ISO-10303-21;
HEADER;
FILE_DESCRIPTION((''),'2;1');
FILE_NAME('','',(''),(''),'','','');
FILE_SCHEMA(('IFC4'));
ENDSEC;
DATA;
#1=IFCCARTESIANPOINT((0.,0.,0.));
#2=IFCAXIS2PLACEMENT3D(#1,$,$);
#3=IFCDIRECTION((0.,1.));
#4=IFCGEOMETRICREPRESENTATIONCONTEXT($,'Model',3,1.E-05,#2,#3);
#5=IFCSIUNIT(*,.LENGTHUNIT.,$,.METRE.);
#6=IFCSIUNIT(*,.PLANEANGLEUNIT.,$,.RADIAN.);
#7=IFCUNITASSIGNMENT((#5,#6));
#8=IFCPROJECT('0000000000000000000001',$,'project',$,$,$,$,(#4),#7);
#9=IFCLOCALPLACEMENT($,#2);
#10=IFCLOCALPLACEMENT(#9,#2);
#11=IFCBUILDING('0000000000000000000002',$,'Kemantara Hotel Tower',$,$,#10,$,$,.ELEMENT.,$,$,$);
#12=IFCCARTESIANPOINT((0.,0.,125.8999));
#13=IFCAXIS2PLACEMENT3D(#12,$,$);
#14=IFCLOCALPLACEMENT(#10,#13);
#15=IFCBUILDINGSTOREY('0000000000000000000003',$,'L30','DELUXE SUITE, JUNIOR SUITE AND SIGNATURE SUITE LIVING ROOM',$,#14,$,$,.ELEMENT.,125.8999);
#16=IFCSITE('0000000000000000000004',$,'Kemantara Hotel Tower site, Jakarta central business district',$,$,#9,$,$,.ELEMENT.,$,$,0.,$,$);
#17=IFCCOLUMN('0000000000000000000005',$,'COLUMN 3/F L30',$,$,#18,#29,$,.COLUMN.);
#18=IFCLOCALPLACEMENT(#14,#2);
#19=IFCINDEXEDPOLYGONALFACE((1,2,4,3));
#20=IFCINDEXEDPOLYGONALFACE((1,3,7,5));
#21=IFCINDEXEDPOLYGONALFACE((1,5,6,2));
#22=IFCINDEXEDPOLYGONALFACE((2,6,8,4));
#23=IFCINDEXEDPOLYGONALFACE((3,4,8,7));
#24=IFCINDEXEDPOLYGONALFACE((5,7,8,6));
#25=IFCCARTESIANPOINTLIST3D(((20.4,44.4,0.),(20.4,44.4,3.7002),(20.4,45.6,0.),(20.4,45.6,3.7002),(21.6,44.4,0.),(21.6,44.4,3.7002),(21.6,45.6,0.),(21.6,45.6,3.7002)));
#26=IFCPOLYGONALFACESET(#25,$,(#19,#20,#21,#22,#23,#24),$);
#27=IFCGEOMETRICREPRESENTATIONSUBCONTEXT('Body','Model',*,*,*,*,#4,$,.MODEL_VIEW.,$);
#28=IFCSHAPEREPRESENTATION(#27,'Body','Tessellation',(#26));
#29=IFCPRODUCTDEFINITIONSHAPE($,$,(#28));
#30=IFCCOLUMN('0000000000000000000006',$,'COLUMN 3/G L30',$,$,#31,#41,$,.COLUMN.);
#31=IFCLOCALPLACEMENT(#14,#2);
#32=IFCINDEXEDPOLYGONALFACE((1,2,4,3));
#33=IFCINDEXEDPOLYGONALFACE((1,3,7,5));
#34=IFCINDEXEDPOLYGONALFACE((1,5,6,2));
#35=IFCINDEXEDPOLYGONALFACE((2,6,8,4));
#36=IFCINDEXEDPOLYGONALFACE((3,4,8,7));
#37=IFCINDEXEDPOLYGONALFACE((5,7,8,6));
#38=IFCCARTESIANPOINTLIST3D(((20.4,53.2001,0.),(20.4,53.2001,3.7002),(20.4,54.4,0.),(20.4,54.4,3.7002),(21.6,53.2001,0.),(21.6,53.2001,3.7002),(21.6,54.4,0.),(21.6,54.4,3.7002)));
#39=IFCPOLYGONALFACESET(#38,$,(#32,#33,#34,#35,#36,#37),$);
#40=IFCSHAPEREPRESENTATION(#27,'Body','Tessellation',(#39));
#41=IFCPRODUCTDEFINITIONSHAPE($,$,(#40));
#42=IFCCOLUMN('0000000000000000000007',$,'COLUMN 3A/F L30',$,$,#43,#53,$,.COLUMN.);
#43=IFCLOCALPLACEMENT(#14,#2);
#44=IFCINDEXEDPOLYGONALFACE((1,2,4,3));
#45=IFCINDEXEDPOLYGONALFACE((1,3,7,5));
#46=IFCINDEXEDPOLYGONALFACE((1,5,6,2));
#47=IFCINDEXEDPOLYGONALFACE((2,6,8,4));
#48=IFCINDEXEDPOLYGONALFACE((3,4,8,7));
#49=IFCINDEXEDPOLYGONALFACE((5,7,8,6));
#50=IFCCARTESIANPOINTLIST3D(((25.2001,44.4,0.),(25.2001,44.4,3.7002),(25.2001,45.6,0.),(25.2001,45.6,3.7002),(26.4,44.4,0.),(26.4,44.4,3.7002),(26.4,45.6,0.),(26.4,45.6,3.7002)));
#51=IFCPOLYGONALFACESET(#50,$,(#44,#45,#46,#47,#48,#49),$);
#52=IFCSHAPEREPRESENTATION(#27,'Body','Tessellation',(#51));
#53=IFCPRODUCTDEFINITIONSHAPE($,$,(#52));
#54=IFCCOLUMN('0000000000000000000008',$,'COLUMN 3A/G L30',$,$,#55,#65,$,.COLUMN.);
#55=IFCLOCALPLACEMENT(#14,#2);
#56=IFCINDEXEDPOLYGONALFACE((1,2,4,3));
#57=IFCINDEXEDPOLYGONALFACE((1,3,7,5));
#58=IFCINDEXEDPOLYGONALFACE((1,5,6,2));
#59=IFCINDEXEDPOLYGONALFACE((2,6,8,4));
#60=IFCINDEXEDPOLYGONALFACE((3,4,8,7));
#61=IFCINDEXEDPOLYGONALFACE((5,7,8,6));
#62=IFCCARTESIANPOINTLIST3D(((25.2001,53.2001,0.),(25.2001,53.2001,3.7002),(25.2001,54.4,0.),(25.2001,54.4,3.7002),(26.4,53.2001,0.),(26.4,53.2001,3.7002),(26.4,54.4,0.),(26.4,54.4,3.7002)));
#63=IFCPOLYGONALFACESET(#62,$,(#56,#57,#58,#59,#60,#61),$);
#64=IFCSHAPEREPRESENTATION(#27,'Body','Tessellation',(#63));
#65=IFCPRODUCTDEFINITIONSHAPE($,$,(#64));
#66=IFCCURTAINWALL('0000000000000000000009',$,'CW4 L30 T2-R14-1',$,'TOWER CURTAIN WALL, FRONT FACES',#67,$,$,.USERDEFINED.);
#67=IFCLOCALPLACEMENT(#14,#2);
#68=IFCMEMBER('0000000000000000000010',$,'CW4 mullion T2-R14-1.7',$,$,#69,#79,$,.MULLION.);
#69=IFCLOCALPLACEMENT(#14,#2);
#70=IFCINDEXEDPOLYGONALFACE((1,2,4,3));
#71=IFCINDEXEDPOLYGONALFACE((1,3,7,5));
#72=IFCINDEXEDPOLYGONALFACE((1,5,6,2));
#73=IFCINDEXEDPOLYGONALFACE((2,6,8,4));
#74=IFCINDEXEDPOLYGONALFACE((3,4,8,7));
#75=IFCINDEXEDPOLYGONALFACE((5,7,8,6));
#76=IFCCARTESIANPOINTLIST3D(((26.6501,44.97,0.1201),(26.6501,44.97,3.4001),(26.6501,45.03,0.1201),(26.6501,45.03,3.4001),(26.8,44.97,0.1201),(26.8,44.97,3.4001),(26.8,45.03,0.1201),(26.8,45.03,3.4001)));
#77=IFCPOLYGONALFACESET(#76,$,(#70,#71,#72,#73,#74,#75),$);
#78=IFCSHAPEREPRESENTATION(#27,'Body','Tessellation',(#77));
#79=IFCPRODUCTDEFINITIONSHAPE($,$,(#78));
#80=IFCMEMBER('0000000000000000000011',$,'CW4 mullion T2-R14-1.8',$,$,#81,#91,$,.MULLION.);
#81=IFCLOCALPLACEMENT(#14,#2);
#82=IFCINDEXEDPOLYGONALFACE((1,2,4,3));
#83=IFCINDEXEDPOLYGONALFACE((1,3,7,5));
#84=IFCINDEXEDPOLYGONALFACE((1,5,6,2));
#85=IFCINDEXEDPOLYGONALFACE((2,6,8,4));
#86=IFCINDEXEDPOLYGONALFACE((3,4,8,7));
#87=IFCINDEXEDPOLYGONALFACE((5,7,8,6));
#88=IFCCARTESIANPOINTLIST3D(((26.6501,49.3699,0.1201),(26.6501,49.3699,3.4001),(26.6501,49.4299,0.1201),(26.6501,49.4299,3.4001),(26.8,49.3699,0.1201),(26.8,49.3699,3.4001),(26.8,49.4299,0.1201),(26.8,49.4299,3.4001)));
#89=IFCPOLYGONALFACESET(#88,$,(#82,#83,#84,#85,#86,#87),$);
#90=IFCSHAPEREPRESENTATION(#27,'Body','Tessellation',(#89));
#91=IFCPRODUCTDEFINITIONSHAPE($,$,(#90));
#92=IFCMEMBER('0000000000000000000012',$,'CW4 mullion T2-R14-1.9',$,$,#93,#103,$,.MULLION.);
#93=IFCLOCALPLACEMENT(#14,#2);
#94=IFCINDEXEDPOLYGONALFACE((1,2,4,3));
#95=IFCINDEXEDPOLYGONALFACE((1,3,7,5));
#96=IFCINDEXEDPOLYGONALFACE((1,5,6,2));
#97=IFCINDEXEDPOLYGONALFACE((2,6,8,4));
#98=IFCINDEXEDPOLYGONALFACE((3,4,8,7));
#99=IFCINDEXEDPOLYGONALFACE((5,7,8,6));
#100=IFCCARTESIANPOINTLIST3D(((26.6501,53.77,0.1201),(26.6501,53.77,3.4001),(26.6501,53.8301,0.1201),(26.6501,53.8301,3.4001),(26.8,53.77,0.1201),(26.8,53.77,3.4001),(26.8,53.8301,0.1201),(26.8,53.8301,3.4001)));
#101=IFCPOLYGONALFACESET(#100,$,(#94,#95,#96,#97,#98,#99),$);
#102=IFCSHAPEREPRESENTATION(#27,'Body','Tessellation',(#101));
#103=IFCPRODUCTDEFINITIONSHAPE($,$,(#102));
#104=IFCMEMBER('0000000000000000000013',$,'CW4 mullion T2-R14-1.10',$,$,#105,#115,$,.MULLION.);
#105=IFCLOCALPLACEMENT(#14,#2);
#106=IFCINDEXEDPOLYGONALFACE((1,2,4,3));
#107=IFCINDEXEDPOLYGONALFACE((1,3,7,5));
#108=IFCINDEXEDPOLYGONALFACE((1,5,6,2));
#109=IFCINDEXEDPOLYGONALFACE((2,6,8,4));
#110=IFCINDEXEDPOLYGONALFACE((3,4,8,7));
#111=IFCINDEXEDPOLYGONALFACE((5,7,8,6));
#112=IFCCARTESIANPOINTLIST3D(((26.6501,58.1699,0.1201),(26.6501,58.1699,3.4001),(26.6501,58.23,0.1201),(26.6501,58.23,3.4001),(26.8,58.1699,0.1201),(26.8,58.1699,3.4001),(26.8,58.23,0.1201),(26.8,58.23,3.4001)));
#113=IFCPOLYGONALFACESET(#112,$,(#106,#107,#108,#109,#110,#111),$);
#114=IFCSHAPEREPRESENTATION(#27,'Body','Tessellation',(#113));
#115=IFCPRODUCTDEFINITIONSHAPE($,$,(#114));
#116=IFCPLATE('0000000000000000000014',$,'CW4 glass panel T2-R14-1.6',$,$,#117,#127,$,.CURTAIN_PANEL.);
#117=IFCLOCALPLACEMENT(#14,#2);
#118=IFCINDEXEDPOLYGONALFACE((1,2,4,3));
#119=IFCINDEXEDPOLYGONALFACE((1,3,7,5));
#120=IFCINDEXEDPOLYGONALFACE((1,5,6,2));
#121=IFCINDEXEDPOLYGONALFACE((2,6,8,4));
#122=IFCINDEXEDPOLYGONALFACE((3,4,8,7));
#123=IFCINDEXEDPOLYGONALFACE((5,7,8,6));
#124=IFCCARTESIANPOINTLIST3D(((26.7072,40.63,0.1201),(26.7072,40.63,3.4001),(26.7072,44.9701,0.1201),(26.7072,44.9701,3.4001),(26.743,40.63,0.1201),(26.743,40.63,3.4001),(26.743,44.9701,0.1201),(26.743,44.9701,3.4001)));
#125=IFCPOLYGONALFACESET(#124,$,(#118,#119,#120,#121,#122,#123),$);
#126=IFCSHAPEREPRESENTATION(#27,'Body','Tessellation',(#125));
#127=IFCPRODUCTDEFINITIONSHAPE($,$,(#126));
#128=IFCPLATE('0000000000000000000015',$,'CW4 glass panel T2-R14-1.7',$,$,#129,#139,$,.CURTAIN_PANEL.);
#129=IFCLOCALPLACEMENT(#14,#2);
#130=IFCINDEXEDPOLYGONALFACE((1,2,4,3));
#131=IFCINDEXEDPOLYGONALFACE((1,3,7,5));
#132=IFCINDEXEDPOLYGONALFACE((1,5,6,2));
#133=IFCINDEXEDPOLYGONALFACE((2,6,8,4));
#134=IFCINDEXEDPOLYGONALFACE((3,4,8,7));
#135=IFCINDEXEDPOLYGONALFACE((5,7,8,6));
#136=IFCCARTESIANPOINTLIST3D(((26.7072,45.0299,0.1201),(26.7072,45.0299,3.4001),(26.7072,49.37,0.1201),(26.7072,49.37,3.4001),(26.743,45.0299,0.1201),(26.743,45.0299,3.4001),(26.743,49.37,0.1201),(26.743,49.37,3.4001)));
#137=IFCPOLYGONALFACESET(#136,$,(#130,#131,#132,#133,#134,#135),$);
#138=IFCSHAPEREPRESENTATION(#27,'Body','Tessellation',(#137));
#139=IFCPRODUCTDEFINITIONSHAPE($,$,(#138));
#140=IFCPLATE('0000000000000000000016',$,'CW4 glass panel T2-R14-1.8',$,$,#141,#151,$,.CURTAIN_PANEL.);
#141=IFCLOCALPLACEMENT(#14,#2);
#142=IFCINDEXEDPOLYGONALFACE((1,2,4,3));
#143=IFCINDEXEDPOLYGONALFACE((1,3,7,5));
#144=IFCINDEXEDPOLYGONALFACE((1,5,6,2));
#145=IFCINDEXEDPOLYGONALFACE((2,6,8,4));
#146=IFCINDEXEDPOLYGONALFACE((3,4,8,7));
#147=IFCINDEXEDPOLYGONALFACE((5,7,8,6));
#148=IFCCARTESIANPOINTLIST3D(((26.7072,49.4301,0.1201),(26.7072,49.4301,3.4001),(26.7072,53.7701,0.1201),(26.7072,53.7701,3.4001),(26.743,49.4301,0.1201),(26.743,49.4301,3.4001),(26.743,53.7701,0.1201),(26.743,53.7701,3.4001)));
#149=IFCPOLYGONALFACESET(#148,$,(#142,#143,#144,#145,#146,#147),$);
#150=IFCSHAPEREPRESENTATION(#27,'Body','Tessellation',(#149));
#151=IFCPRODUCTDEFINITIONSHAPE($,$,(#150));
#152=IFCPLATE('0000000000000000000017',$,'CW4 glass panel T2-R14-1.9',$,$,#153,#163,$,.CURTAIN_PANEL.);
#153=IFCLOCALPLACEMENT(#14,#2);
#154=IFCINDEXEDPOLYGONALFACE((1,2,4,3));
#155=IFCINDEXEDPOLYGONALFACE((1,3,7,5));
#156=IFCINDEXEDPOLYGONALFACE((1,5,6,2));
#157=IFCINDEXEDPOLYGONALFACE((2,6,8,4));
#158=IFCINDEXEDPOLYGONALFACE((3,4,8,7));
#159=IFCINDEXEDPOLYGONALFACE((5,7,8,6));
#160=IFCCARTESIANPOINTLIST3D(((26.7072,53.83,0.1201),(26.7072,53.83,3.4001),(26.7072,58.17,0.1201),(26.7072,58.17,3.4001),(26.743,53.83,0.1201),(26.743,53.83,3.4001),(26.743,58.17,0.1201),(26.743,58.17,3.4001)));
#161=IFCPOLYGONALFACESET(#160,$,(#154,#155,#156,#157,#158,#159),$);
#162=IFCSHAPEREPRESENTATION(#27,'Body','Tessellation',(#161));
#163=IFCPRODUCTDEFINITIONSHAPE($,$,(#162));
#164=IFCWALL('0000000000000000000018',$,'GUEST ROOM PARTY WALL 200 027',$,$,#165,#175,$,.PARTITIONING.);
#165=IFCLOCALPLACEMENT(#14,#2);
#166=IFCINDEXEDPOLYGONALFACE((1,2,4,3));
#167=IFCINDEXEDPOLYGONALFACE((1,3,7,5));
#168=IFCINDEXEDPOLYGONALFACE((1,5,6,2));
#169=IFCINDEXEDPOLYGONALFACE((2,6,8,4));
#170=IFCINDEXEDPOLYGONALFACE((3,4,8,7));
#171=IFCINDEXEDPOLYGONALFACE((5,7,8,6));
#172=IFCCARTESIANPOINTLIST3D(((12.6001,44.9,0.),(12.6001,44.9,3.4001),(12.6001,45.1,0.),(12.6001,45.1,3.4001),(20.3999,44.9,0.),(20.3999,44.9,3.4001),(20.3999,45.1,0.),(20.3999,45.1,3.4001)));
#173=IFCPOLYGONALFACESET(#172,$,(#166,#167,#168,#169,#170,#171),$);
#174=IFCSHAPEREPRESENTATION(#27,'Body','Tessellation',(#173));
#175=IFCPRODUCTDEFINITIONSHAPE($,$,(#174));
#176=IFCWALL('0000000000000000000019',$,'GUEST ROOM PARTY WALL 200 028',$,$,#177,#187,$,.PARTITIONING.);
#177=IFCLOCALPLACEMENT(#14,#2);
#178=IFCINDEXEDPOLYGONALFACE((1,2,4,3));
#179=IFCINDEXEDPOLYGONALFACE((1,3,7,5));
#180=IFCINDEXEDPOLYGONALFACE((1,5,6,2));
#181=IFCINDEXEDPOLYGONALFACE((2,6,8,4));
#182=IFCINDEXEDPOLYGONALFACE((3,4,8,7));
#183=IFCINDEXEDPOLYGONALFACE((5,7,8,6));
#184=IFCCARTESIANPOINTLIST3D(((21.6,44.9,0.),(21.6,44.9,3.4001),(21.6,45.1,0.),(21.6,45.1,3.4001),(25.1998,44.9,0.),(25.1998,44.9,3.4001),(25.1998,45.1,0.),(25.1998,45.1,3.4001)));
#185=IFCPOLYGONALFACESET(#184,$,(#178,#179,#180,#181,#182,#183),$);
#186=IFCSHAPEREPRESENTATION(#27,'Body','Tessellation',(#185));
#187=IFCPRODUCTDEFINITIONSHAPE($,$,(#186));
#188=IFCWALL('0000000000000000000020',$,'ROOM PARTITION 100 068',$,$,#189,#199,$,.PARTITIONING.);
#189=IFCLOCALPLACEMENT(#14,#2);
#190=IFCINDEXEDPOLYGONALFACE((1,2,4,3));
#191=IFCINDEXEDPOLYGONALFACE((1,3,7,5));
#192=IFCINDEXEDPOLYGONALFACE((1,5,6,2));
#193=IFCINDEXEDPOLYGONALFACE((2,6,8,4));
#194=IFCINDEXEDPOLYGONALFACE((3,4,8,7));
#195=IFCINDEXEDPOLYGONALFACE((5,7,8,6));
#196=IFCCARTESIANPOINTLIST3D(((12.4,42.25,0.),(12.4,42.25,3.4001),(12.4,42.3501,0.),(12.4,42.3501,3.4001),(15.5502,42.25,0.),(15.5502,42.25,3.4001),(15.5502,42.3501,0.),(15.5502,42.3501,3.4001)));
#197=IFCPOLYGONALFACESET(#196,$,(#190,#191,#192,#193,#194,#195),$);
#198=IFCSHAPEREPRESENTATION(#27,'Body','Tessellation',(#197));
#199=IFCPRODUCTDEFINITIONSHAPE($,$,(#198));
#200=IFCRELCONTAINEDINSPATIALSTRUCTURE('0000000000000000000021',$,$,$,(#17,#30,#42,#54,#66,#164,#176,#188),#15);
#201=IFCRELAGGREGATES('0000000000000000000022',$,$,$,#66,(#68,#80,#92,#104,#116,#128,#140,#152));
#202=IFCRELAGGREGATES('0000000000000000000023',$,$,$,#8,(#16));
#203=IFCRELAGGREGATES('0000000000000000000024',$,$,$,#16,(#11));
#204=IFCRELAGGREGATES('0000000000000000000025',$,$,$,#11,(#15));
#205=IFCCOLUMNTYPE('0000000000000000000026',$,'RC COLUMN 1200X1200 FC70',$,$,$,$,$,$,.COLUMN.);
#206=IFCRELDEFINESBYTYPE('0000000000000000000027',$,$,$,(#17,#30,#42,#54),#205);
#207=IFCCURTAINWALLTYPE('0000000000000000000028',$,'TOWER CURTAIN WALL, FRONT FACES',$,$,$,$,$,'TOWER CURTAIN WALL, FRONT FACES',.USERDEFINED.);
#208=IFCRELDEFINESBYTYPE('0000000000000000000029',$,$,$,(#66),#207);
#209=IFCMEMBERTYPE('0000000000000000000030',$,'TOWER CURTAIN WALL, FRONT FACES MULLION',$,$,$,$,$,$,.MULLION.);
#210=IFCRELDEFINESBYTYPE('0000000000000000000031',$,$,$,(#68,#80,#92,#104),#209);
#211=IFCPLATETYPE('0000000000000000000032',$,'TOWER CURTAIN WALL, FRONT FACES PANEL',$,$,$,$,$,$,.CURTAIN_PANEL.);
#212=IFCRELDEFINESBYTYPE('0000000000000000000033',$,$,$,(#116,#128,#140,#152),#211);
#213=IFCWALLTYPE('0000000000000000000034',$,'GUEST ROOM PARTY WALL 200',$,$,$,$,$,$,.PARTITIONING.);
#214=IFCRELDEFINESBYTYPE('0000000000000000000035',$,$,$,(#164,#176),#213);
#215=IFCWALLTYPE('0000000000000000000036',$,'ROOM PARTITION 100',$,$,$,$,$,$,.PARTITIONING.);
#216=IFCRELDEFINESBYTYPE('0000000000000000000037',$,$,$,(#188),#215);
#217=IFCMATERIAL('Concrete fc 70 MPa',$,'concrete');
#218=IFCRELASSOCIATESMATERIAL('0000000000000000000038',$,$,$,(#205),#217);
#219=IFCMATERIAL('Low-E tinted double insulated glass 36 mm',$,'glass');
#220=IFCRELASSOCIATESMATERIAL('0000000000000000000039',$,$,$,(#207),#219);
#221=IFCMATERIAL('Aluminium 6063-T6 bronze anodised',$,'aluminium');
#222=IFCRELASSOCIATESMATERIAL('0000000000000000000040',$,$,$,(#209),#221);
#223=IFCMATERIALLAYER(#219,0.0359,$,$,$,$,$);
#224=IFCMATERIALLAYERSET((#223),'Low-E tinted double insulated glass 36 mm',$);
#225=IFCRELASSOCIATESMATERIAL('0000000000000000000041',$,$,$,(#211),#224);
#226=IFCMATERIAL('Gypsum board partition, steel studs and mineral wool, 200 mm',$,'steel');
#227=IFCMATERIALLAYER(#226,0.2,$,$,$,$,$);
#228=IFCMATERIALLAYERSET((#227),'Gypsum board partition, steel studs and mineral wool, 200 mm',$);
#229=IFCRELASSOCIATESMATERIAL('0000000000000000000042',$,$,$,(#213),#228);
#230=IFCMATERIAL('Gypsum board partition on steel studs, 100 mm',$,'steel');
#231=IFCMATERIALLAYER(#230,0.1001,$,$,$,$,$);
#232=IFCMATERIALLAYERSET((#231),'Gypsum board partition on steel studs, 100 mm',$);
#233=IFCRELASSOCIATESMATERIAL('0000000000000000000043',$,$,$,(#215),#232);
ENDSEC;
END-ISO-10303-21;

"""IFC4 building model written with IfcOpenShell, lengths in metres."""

from ifc_helpers import new_model, si_unit, direction, frame, frame_2d, origin, origin_2d, place, context, subcontext, project, spatial, rectangle, extrude, source, transform, mapped, material, layer, layer_set, material_profile, profile_set, type_object, element, aggregate, save


model = new_model("IFC4")

# Units and contexts
model_context = context("Model", 3, precision=1e-05, world=origin(), true_north=direction((0.0, 1.0)))
body_context = subcontext(model_context, "Body", "Model", "MODEL_VIEW")
ifc_project = project(units=[si_unit("LENGTHUNIT", "METRE"), si_unit("PLANEANGLEUNIT", "RADIAN")], contexts=[model_context])

# Site, building, storey
site_placement = place(None, origin())
site = spatial("IfcSite", under=ifc_project, at=site_placement, Name="Kemantara Hotel Tower site, Jakarta central business district", CompositionType="ELEMENT", RefElevation=0.0)
building_placement = place(site_placement, origin())
building = spatial("IfcBuilding", under=site, at=building_placement, Name="Kemantara Hotel Tower", CompositionType="ELEMENT")
storey_placement = place(building_placement, frame((0.0, 0.0, 125.8999)))
storey = spatial("IfcBuildingStorey", under=building, at=storey_placement, Name="L30", Description="DELUXE SUITE, JUNIOR SUITE AND SIGNATURE SUITE LIVING ROOM", CompositionType="ELEMENT", Elevation=125.8999)

# Columns
ifc_material_1 = material(Name="Concrete fc 70 MPa", Category="concrete")
ifc_material_profile_1 = material_profile(ifc_material_1, rectangle(XDim=1.2, YDim=1.2, at=origin_2d()), Name="RC 1200X1200")
ifc_profile_set_1 = profile_set([ifc_material_profile_1], Name="Concrete fc 70 MPa")
column_type = type_object("IfcColumnType", Name="RC COLUMN 1200X1200 FC70", PredefinedType="COLUMN", material=ifc_profile_set_1)
for number, where, z_axis, x_axis, name in (
    (1, (21.0, 45.0, 0.0), (0.0, 0.0, 1.0), (1.0, 0.0, 0.0), "COLUMN 3/F L30"),
    (2, (21.0, 53.8, 0.0), (0.0, 0.0, 1.0), (1.0, 0.0, 0.0), "COLUMN 3/G L30"),
    (3, (25.8, 45.0, 0.0), (0.0, 0.0, 1.0), (1.0, 0.0, 0.0), "COLUMN 3A/F L30"),
    (4, (25.8, 53.8, 0.0), (0.0, 0.0, 1.0), (1.0, 0.0, 0.0), "COLUMN 3A/G L30"),
):
    element("IfcColumn", number, at=place(storey_placement, frame(where, z_axis=z_axis, x_axis=x_axis)), inside=storey, type_object=column_type, Name=name, PredefinedType="COLUMN", context=body_context, shape_type="SweptSolid", body=[
        extrude(rectangle(XDim=1.2, YDim=1.2, at=origin_2d()), origin(), (0.0, 0.0, 1.0), 3.7002),
    ])

# Curtain wall, members, plates
ifc_material_2 = material(Name="Low-E tinted double insulated glass 36 mm", Category="glass")
curtain_wall_type = type_object("IfcCurtainWallType", Name="TOWER CURTAIN WALL, FRONT FACES", ElementType="TOWER CURTAIN WALL, FRONT FACES", PredefinedType="USERDEFINED", material=ifc_material_2)
curtain_wall_placement = place(storey_placement, origin())
curtain_wall = element("IfcCurtainWall", 5, at=curtain_wall_placement, inside=storey, type_object=curtain_wall_type, Name="CW4 L30 T2-R14-1", ObjectType="TOWER CURTAIN WALL, FRONT FACES", PredefinedType="USERDEFINED")
ifc_material_3 = material(Name="Aluminium 6063-T6 bronze anodised", Category="aluminium")
ifc_material_profile_2 = material_profile(ifc_material_3, rectangle(XDim=0.1499, YDim=0.0601, at=origin_2d()), Name="TOWER CURTAIN WALL, FRONT FACES MULLION")
ifc_profile_set_2 = profile_set([ifc_material_profile_2], Name="Aluminium 6063-T6 bronze anodised")
member_type = type_object("IfcMemberType", Name="TOWER CURTAIN WALL, FRONT FACES MULLION", PredefinedType="MULLION", material=ifc_profile_set_2)
shared_shape_1 = source(origin(), body_context, "Body", "SweptSolid", [
    extrude(rectangle(XDim=0.1499, YDim=0.0601, at=origin_2d()), origin(), (0.0, 0.0, 1.0), 3.28),
])
member_1_placement = place(storey_placement, frame((26.7251, 45.0, 0.1201), z_axis=(0.0, 0.0, 1.0), x_axis=(-1.0, 0.0, 0.0)))
member_1 = element("IfcMember", 6, at=member_1_placement, type_object=member_type, Name="CW4 mullion T2-R14-1.7", PredefinedType="MULLION", context=body_context, shape_type="MappedRepresentation", body=[
    mapped(shared_shape_1, transform((0.0, 0.0, 0.0))),
])
member_2_placement = place(storey_placement, frame((26.7251, 49.3999, 0.1201), z_axis=(0.0, 0.0, 1.0), x_axis=(-1.0, 0.0, 0.0)))
member_2 = element("IfcMember", 7, at=member_2_placement, type_object=member_type, Name="CW4 mullion T2-R14-1.8", PredefinedType="MULLION", context=body_context, shape_type="MappedRepresentation", body=[
    mapped(shared_shape_1, transform((0.0, 0.0, 0.0))),
])
member_3_placement = place(storey_placement, frame((26.7251, 53.8, 0.1201), z_axis=(0.0, 0.0, 1.0), x_axis=(-1.0, 0.0, 0.0)))
member_3 = element("IfcMember", 8, at=member_3_placement, type_object=member_type, Name="CW4 mullion T2-R14-1.9", PredefinedType="MULLION", context=body_context, shape_type="MappedRepresentation", body=[
    mapped(shared_shape_1, transform((0.0, 0.0, 0.0))),
])
member_4_placement = place(storey_placement, frame((26.7251, 58.2, 0.1201), z_axis=(0.0, 0.0, 1.0), x_axis=(-1.0, 0.0, 0.0)))
member_4 = element("IfcMember", 9, at=member_4_placement, type_object=member_type, Name="CW4 mullion T2-R14-1.10", PredefinedType="MULLION", context=body_context, shape_type="MappedRepresentation", body=[
    mapped(shared_shape_1, transform((0.0, 0.0, 0.0))),
])
ifc_layer_1 = layer(ifc_material_2, 0.0359)
ifc_layer_set_1 = layer_set([ifc_layer_1], Name="Low-E tinted double insulated glass 36 mm")
plate_type = type_object("IfcPlateType", Name="TOWER CURTAIN WALL, FRONT FACES PANEL", PredefinedType="CURTAIN_PANEL", material=ifc_layer_set_1)
shared_shape_2 = source(origin(), body_context, "Body", "SweptSolid", [
    extrude(rectangle(XDim=4.3401, YDim=0.0359, at=origin_2d()), origin(), (0.0, 0.0, 1.0), 3.28),
])
plate_1_placement = place(storey_placement, frame((26.7251, 42.8, 0.1201), z_axis=(0.0, 0.0, 1.0), x_axis=(0.0, 1.0, 0.0)))
plate_1 = element("IfcPlate", 10, at=plate_1_placement, type_object=plate_type, Name="CW4 glass panel T2-R14-1.6", PredefinedType="CURTAIN_PANEL", context=body_context, shape_type="MappedRepresentation", body=[
    mapped(shared_shape_2, transform((0.0, 0.0, 0.0))),
])
plate_2_placement = place(storey_placement, frame((26.7251, 47.2, 0.1201), z_axis=(0.0, 0.0, 1.0), x_axis=(0.0, 1.0, 0.0)))
plate_2 = element("IfcPlate", 11, at=plate_2_placement, type_object=plate_type, Name="CW4 glass panel T2-R14-1.7", PredefinedType="CURTAIN_PANEL", context=body_context, shape_type="MappedRepresentation", body=[
    mapped(shared_shape_2, transform((0.0, 0.0, 0.0))),
])
plate_3_placement = place(storey_placement, frame((26.7251, 51.6001, 0.1201), z_axis=(0.0, 0.0, 1.0), x_axis=(0.0, 1.0, 0.0)))
plate_3 = element("IfcPlate", 12, at=plate_3_placement, type_object=plate_type, Name="CW4 glass panel T2-R14-1.8", PredefinedType="CURTAIN_PANEL", context=body_context, shape_type="MappedRepresentation", body=[
    mapped(shared_shape_2, transform((0.0, 0.0, 0.0))),
])
plate_4_placement = place(storey_placement, frame((26.7251, 56.0, 0.1201), z_axis=(0.0, 0.0, 1.0), x_axis=(0.0, 1.0, 0.0)))
plate_4 = element("IfcPlate", 13, at=plate_4_placement, type_object=plate_type, Name="CW4 glass panel T2-R14-1.9", PredefinedType="CURTAIN_PANEL", context=body_context, shape_type="MappedRepresentation", body=[
    mapped(shared_shape_2, transform((0.0, 0.0, 0.0))),
])
aggregate(curtain_wall, [member_1, member_2, member_3, member_4, plate_1, plate_2, plate_3, plate_4])

# Walls
ifc_material_4 = material(Name="Gypsum board partition, steel studs and mineral wool, 200 mm", Category="steel")
ifc_layer_2 = layer(ifc_material_4, 0.2)
ifc_layer_set_2 = layer_set([ifc_layer_2], Name="Gypsum board partition, steel studs and mineral wool, 200 mm")
wall_type_1 = type_object("IfcWallType", Name="GUEST ROOM PARTY WALL 200", PredefinedType="PARTITIONING", material=ifc_layer_set_2)
wall_1_placement = place(storey_placement, frame((12.6001, 45.0, 0.0), z_axis=(0.0, 0.0, 1.0), x_axis=(1.0, 0.0, 0.0)))
element("IfcWall", 14, at=wall_1_placement, inside=storey, type_object=wall_type_1, Name="GUEST ROOM PARTY WALL 200 027", PredefinedType="PARTITIONING", context=body_context, shape_type="SweptSolid", body=[
    extrude(rectangle(XDim=7.7998, YDim=0.2, at=frame_2d((3.8999, 0.0))), origin(), (0.0, 0.0, 1.0), 3.4001),
])
wall_2_placement = place(storey_placement, frame((21.6001, 45.0, 0.0), z_axis=(0.0, 0.0, 1.0), x_axis=(1.0, 0.0, 0.0)))
element("IfcWall", 15, at=wall_2_placement, inside=storey, type_object=wall_type_1, Name="GUEST ROOM PARTY WALL 200 028", PredefinedType="PARTITIONING", context=body_context, shape_type="SweptSolid", body=[
    extrude(rectangle(XDim=3.5999, YDim=0.2, at=frame_2d((1.7998, 0.0))), origin(), (0.0, 0.0, 1.0), 3.4001),
])
ifc_material_5 = material(Name="Gypsum board partition on steel studs, 100 mm", Category="steel")
ifc_layer_3 = layer(ifc_material_5, 0.1001)
ifc_layer_set_3 = layer_set([ifc_layer_3], Name="Gypsum board partition on steel studs, 100 mm")
wall_type_2 = type_object("IfcWallType", Name="ROOM PARTITION 100", PredefinedType="PARTITIONING", material=ifc_layer_set_3)
wall_3_placement = place(storey_placement, frame((12.3999, 42.3, 0.0), z_axis=(0.0, 0.0, 1.0), x_axis=(1.0, 0.0, 0.0)))
element("IfcWall", 16, at=wall_3_placement, inside=storey, type_object=wall_type_2, Name="ROOM PARTITION 100 068", PredefinedType="PARTITIONING", context=body_context, shape_type="SweptSolid", body=[
    extrude(rectangle(XDim=3.1501, YDim=0.1001, at=frame_2d((1.5752, 0.0))), origin(), (0.0, 0.0, 1.0), 3.4001),
])

save(model, "model.ifc")
